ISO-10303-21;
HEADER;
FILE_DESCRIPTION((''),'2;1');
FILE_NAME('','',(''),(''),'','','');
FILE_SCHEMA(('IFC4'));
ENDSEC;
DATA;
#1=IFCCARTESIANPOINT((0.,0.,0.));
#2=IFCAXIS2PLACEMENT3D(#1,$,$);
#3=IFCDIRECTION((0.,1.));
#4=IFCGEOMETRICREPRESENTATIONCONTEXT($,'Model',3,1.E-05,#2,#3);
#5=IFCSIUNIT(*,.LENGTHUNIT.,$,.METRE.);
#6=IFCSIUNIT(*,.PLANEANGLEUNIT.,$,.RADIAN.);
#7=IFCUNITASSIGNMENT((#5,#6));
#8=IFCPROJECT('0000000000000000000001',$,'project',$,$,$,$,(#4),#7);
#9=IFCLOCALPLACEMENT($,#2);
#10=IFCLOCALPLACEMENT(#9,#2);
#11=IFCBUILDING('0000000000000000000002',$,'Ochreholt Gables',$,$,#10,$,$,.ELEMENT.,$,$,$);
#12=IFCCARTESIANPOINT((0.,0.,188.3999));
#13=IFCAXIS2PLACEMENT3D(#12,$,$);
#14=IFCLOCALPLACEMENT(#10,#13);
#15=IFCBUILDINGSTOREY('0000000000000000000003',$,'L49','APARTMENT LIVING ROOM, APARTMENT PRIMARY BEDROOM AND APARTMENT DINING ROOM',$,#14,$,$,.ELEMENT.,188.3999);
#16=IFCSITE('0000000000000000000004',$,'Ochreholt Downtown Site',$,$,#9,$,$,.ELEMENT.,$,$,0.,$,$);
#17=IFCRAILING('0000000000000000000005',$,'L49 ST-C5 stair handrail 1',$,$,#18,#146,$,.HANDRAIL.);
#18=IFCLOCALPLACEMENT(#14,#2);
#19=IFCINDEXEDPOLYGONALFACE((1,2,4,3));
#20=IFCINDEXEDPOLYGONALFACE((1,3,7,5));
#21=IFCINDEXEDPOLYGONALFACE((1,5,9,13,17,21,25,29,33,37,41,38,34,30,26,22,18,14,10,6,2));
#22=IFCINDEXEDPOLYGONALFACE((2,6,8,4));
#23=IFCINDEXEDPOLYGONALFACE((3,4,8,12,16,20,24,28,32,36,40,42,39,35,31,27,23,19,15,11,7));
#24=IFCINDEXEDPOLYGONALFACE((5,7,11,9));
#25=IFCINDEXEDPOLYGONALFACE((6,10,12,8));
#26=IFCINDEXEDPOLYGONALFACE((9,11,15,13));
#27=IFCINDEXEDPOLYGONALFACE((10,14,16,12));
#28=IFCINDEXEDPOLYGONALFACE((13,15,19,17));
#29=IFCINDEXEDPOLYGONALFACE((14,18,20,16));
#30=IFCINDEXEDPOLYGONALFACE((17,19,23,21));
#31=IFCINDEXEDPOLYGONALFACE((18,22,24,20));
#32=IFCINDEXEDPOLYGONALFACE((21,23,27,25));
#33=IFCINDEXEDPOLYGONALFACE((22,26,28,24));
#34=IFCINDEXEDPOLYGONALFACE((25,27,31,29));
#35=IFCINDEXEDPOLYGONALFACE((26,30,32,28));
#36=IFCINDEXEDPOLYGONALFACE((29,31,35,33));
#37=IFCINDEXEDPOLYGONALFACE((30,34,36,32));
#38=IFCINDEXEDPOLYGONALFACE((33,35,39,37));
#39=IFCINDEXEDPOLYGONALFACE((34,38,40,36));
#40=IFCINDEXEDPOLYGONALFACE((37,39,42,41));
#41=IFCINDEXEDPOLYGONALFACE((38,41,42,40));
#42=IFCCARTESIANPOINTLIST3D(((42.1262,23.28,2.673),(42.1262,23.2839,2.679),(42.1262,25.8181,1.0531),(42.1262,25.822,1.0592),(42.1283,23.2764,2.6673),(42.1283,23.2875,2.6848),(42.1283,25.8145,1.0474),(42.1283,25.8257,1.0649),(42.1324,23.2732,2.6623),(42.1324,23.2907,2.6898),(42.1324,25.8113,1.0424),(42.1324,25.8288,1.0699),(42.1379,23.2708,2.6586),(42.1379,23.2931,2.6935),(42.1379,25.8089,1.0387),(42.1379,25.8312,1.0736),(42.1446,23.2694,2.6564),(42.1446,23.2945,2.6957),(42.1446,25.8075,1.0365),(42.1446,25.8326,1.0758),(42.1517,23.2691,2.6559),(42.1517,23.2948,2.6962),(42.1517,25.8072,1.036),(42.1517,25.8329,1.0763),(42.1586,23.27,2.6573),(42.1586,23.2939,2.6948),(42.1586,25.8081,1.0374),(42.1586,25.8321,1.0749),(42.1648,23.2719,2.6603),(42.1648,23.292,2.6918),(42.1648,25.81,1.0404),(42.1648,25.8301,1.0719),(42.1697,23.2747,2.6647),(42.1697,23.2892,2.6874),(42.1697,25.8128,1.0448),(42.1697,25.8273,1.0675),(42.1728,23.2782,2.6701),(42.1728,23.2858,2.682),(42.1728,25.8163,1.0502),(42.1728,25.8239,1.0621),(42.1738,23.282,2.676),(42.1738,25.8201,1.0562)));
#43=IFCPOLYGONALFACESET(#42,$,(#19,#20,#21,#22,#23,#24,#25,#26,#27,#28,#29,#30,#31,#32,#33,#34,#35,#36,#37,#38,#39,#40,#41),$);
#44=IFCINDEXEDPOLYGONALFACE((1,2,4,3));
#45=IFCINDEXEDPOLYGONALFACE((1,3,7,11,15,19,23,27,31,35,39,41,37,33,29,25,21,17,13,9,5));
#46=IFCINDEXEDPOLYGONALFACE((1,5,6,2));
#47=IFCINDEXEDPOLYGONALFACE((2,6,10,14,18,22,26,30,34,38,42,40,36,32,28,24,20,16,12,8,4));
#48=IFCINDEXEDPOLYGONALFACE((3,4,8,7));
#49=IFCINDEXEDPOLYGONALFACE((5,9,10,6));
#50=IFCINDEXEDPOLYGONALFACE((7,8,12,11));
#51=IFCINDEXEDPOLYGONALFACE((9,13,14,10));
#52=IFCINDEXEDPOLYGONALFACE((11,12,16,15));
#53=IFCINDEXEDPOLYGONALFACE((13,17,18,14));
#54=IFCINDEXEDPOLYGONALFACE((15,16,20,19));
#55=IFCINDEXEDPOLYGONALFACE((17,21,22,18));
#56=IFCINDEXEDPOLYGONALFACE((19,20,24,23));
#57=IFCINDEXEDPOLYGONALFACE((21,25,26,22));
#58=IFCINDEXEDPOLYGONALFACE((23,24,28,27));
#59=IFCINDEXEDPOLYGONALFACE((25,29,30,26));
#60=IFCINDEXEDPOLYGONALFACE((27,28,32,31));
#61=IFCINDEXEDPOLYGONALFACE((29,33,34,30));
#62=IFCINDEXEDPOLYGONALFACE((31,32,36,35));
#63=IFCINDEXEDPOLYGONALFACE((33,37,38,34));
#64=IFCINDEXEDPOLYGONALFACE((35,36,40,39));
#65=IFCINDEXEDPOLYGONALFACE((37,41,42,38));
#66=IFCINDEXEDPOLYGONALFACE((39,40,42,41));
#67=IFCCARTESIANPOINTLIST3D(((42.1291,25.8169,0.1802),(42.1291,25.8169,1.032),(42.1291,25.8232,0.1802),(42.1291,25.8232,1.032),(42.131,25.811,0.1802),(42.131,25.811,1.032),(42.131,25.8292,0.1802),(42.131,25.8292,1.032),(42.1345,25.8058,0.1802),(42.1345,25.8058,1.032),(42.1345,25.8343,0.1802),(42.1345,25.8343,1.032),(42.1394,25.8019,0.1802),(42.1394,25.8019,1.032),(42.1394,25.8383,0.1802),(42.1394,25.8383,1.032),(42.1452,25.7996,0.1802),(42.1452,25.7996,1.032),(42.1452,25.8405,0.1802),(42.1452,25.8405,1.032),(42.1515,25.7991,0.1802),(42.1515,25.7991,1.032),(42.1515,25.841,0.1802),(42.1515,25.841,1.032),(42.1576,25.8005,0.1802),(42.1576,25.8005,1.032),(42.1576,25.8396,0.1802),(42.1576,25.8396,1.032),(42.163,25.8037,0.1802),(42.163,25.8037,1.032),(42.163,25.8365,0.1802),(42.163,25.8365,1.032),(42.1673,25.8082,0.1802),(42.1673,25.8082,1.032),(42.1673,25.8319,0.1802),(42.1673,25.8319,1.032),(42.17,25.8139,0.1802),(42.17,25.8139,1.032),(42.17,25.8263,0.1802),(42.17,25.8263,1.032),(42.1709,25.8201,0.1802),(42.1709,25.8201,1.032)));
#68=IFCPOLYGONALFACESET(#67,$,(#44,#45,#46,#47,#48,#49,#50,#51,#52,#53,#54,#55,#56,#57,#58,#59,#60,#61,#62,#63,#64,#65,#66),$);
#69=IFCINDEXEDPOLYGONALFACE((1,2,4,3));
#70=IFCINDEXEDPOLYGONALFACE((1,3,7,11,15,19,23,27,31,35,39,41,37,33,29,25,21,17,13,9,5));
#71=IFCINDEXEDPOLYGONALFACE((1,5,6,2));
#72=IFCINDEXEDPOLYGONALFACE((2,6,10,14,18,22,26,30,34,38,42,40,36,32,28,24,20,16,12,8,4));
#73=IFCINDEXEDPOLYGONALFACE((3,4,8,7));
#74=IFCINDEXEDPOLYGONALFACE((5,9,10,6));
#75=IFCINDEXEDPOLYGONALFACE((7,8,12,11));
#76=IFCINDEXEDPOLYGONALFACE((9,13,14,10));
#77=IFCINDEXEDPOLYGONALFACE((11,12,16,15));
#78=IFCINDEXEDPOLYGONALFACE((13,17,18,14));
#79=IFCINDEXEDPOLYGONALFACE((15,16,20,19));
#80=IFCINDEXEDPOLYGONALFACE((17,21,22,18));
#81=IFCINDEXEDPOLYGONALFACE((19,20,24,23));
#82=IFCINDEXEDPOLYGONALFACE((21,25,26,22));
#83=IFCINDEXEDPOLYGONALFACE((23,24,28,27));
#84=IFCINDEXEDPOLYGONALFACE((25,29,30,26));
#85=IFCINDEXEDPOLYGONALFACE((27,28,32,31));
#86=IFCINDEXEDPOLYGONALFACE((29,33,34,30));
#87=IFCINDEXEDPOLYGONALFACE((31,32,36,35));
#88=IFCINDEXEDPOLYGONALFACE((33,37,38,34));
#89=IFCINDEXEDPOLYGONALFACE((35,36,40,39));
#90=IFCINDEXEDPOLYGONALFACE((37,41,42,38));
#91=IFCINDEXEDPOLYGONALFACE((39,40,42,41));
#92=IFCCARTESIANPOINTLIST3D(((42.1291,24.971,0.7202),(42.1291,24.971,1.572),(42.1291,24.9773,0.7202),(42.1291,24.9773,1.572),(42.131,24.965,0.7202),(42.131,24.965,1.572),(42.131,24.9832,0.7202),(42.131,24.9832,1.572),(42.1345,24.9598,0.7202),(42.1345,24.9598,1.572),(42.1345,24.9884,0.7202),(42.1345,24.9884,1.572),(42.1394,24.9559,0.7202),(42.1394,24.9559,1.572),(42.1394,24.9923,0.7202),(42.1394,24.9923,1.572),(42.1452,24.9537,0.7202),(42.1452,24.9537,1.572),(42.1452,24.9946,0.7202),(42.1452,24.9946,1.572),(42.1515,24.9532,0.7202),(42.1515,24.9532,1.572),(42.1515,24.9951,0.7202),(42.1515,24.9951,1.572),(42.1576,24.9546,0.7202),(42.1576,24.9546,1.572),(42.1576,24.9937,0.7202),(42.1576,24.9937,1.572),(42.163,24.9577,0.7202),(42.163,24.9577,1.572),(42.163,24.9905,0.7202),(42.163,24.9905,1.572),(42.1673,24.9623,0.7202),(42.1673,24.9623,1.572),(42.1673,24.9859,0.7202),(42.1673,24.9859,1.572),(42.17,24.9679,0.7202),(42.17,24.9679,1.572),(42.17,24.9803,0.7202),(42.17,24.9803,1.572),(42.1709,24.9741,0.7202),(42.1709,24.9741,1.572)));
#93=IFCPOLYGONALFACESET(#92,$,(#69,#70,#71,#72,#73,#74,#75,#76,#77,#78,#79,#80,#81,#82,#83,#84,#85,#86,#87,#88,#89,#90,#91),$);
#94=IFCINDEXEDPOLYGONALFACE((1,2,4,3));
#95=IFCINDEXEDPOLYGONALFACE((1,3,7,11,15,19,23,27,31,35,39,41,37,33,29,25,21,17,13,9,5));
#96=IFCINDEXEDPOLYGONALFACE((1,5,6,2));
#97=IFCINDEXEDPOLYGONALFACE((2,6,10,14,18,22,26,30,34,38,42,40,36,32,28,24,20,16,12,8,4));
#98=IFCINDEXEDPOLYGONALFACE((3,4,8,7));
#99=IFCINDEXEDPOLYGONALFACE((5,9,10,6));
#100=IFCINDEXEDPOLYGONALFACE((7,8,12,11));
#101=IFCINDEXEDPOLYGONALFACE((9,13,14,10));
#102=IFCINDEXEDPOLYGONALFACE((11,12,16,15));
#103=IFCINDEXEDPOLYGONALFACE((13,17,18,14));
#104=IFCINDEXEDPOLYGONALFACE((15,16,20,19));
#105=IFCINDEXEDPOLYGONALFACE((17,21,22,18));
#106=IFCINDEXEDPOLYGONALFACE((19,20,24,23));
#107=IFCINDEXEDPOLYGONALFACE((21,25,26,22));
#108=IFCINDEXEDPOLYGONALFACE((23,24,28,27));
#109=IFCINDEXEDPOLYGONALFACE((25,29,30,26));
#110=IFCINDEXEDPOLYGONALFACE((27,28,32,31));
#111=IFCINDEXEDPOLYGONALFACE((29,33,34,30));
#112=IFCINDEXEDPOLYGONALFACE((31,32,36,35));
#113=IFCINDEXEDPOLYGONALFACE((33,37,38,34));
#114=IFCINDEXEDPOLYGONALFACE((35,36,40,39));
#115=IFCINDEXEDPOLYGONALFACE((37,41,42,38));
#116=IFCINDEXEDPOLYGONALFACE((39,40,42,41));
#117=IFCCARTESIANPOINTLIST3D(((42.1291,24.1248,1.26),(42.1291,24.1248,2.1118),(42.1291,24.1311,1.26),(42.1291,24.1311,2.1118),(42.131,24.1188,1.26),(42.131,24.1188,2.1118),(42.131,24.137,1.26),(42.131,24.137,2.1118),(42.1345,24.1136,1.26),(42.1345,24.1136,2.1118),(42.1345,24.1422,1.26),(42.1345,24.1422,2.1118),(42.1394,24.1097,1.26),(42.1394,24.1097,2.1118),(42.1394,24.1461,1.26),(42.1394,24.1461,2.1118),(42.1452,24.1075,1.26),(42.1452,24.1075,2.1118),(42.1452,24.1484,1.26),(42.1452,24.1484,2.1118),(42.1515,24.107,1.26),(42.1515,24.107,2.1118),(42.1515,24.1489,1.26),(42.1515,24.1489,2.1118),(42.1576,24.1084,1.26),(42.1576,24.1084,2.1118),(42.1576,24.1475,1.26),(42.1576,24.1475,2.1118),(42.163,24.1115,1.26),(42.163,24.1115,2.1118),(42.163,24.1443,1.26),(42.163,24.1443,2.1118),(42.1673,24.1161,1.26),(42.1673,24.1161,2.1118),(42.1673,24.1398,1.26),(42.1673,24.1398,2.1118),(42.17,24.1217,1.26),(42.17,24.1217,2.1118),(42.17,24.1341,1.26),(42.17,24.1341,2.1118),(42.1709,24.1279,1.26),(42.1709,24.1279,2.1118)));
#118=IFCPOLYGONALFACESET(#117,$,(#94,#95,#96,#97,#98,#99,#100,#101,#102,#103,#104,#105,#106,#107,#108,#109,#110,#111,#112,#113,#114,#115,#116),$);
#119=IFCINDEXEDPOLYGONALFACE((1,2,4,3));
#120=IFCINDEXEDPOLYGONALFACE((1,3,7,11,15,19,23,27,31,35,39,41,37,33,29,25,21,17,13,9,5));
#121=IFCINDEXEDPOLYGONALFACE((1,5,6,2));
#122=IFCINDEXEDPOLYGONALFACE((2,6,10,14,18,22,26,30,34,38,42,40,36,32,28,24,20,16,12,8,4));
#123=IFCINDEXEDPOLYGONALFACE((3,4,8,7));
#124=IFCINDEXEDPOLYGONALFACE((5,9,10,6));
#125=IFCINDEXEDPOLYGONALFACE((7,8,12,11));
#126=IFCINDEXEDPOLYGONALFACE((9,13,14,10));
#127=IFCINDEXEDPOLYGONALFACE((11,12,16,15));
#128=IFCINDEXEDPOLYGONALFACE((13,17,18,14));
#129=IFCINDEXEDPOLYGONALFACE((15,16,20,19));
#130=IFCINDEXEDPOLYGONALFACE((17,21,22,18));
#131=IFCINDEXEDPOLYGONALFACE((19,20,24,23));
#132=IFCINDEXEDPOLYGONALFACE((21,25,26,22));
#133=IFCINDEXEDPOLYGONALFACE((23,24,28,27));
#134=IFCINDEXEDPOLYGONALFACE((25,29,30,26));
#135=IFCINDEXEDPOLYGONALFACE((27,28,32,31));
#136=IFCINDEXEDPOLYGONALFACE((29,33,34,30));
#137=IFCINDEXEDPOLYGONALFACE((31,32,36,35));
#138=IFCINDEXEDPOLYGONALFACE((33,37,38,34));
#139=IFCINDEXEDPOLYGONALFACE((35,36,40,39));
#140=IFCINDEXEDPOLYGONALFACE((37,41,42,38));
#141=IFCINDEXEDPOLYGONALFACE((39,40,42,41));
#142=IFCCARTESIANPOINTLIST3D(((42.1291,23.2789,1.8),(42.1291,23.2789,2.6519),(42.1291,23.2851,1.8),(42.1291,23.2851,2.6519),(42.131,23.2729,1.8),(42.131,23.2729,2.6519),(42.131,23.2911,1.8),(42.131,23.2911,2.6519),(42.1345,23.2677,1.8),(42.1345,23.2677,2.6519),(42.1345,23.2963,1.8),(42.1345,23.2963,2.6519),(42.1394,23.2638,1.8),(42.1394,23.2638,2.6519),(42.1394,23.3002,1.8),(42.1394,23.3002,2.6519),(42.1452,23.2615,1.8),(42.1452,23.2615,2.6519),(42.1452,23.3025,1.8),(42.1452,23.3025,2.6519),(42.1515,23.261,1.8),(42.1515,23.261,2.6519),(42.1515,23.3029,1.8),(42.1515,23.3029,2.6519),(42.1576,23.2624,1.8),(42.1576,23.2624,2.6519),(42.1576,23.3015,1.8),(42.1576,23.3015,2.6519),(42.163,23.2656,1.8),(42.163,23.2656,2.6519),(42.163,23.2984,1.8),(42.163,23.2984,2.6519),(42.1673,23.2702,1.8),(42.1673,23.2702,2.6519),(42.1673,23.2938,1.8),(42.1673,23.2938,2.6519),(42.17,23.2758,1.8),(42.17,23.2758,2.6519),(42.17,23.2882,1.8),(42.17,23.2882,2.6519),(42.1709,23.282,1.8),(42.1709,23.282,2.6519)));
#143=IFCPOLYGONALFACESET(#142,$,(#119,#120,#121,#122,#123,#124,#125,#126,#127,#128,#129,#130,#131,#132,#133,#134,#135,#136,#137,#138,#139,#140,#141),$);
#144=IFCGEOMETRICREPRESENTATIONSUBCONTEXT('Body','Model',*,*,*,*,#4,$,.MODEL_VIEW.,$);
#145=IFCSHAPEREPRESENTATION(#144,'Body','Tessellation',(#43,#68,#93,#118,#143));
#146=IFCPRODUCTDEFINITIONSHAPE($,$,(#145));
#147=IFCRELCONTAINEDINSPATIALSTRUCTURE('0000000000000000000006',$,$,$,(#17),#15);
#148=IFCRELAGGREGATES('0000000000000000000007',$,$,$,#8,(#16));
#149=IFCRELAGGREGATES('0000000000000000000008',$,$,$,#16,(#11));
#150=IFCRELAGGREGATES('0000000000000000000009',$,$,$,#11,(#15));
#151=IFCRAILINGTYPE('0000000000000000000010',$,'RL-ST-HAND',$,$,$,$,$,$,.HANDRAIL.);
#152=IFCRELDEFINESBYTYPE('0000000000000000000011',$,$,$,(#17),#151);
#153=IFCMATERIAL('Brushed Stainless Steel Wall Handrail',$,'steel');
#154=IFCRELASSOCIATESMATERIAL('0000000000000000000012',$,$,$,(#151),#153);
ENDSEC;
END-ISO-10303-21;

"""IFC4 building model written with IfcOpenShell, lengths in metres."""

from ifc_helpers import new_model, si_unit, direction, frame, origin, origin_2d, place, context, subcontext, project, spatial, circle, extrude, material, type_object, element, save


model = new_model("IFC4")

# Units and contexts
model_context = context("Model", 3, precision=1e-05, world=origin(), true_north=direction((0.0, 1.0)))
body_context = subcontext(model_context, "Body", "Model", "MODEL_VIEW")
ifc_project = project(units=[si_unit("LENGTHUNIT", "METRE"), si_unit("PLANEANGLEUNIT", "RADIAN")], contexts=[model_context])

# Site, building, storey
site_placement = place(None, origin())
site = spatial("IfcSite", under=ifc_project, at=site_placement, Name="Ochreholt Downtown Site", CompositionType="ELEMENT", RefElevation=0.0)
building_placement = place(site_placement, origin())
building = spatial("IfcBuilding", under=site, at=building_placement, Name="Ochreholt Gables", CompositionType="ELEMENT")
storey_placement = place(building_placement, frame((0.0, 0.0, 188.3999)))
storey = spatial("IfcBuildingStorey", under=building, at=storey_placement, Name="L49", Description="APARTMENT LIVING ROOM, APARTMENT PRIMARY BEDROOM AND APARTMENT DINING ROOM", CompositionType="ELEMENT", Elevation=188.3999)

# Railing
ifc_material_1 = material(Name="Brushed Stainless Steel Wall Handrail", Category="steel")
railing_type_1 = type_object("IfcRailingType", Name="RL-ST-HAND", PredefinedType="HANDRAIL", material=ifc_material_1)
railing_1_placement = place(storey_placement, frame((42.1499, 25.8201, 0.1802)))
element("IfcRailing", 1, at=railing_1_placement, inside=storey, type_object=railing_type_1, Name="L49 ST-C5 stair handrail 1", PredefinedType="HANDRAIL", context=body_context, shape_type="SweptSolid", body=[
    extrude(circle(Radius=0.0239, at=origin_2d()), frame((0.0, 0.0, 0.876), z_axis=(0.0, -0.84295, 0.537993), x_axis=(1.0, 0.0, 0.0)), (0.0, 0.0, 1.0), 3.011),
    extrude(circle(Radius=0.021, at=origin_2d()), origin(), (0.0, 0.0, 1.0), 0.8518),
    extrude(circle(Radius=0.021, at=origin_2d()), frame((0.0, -0.8459, 0.54)), (0.0, 0.0, 1.0), 0.8518),
    extrude(circle(Radius=0.021, at=origin_2d()), frame((0.0, -1.6921, 1.0798)), (0.0, 0.0, 1.0), 0.8518),
    extrude(circle(Radius=0.021, at=origin_2d()), frame((0.0, -2.5381, 1.6199)), (0.0, 0.0, 1.0), 0.8518),
])

save(model, "model.ifc")
